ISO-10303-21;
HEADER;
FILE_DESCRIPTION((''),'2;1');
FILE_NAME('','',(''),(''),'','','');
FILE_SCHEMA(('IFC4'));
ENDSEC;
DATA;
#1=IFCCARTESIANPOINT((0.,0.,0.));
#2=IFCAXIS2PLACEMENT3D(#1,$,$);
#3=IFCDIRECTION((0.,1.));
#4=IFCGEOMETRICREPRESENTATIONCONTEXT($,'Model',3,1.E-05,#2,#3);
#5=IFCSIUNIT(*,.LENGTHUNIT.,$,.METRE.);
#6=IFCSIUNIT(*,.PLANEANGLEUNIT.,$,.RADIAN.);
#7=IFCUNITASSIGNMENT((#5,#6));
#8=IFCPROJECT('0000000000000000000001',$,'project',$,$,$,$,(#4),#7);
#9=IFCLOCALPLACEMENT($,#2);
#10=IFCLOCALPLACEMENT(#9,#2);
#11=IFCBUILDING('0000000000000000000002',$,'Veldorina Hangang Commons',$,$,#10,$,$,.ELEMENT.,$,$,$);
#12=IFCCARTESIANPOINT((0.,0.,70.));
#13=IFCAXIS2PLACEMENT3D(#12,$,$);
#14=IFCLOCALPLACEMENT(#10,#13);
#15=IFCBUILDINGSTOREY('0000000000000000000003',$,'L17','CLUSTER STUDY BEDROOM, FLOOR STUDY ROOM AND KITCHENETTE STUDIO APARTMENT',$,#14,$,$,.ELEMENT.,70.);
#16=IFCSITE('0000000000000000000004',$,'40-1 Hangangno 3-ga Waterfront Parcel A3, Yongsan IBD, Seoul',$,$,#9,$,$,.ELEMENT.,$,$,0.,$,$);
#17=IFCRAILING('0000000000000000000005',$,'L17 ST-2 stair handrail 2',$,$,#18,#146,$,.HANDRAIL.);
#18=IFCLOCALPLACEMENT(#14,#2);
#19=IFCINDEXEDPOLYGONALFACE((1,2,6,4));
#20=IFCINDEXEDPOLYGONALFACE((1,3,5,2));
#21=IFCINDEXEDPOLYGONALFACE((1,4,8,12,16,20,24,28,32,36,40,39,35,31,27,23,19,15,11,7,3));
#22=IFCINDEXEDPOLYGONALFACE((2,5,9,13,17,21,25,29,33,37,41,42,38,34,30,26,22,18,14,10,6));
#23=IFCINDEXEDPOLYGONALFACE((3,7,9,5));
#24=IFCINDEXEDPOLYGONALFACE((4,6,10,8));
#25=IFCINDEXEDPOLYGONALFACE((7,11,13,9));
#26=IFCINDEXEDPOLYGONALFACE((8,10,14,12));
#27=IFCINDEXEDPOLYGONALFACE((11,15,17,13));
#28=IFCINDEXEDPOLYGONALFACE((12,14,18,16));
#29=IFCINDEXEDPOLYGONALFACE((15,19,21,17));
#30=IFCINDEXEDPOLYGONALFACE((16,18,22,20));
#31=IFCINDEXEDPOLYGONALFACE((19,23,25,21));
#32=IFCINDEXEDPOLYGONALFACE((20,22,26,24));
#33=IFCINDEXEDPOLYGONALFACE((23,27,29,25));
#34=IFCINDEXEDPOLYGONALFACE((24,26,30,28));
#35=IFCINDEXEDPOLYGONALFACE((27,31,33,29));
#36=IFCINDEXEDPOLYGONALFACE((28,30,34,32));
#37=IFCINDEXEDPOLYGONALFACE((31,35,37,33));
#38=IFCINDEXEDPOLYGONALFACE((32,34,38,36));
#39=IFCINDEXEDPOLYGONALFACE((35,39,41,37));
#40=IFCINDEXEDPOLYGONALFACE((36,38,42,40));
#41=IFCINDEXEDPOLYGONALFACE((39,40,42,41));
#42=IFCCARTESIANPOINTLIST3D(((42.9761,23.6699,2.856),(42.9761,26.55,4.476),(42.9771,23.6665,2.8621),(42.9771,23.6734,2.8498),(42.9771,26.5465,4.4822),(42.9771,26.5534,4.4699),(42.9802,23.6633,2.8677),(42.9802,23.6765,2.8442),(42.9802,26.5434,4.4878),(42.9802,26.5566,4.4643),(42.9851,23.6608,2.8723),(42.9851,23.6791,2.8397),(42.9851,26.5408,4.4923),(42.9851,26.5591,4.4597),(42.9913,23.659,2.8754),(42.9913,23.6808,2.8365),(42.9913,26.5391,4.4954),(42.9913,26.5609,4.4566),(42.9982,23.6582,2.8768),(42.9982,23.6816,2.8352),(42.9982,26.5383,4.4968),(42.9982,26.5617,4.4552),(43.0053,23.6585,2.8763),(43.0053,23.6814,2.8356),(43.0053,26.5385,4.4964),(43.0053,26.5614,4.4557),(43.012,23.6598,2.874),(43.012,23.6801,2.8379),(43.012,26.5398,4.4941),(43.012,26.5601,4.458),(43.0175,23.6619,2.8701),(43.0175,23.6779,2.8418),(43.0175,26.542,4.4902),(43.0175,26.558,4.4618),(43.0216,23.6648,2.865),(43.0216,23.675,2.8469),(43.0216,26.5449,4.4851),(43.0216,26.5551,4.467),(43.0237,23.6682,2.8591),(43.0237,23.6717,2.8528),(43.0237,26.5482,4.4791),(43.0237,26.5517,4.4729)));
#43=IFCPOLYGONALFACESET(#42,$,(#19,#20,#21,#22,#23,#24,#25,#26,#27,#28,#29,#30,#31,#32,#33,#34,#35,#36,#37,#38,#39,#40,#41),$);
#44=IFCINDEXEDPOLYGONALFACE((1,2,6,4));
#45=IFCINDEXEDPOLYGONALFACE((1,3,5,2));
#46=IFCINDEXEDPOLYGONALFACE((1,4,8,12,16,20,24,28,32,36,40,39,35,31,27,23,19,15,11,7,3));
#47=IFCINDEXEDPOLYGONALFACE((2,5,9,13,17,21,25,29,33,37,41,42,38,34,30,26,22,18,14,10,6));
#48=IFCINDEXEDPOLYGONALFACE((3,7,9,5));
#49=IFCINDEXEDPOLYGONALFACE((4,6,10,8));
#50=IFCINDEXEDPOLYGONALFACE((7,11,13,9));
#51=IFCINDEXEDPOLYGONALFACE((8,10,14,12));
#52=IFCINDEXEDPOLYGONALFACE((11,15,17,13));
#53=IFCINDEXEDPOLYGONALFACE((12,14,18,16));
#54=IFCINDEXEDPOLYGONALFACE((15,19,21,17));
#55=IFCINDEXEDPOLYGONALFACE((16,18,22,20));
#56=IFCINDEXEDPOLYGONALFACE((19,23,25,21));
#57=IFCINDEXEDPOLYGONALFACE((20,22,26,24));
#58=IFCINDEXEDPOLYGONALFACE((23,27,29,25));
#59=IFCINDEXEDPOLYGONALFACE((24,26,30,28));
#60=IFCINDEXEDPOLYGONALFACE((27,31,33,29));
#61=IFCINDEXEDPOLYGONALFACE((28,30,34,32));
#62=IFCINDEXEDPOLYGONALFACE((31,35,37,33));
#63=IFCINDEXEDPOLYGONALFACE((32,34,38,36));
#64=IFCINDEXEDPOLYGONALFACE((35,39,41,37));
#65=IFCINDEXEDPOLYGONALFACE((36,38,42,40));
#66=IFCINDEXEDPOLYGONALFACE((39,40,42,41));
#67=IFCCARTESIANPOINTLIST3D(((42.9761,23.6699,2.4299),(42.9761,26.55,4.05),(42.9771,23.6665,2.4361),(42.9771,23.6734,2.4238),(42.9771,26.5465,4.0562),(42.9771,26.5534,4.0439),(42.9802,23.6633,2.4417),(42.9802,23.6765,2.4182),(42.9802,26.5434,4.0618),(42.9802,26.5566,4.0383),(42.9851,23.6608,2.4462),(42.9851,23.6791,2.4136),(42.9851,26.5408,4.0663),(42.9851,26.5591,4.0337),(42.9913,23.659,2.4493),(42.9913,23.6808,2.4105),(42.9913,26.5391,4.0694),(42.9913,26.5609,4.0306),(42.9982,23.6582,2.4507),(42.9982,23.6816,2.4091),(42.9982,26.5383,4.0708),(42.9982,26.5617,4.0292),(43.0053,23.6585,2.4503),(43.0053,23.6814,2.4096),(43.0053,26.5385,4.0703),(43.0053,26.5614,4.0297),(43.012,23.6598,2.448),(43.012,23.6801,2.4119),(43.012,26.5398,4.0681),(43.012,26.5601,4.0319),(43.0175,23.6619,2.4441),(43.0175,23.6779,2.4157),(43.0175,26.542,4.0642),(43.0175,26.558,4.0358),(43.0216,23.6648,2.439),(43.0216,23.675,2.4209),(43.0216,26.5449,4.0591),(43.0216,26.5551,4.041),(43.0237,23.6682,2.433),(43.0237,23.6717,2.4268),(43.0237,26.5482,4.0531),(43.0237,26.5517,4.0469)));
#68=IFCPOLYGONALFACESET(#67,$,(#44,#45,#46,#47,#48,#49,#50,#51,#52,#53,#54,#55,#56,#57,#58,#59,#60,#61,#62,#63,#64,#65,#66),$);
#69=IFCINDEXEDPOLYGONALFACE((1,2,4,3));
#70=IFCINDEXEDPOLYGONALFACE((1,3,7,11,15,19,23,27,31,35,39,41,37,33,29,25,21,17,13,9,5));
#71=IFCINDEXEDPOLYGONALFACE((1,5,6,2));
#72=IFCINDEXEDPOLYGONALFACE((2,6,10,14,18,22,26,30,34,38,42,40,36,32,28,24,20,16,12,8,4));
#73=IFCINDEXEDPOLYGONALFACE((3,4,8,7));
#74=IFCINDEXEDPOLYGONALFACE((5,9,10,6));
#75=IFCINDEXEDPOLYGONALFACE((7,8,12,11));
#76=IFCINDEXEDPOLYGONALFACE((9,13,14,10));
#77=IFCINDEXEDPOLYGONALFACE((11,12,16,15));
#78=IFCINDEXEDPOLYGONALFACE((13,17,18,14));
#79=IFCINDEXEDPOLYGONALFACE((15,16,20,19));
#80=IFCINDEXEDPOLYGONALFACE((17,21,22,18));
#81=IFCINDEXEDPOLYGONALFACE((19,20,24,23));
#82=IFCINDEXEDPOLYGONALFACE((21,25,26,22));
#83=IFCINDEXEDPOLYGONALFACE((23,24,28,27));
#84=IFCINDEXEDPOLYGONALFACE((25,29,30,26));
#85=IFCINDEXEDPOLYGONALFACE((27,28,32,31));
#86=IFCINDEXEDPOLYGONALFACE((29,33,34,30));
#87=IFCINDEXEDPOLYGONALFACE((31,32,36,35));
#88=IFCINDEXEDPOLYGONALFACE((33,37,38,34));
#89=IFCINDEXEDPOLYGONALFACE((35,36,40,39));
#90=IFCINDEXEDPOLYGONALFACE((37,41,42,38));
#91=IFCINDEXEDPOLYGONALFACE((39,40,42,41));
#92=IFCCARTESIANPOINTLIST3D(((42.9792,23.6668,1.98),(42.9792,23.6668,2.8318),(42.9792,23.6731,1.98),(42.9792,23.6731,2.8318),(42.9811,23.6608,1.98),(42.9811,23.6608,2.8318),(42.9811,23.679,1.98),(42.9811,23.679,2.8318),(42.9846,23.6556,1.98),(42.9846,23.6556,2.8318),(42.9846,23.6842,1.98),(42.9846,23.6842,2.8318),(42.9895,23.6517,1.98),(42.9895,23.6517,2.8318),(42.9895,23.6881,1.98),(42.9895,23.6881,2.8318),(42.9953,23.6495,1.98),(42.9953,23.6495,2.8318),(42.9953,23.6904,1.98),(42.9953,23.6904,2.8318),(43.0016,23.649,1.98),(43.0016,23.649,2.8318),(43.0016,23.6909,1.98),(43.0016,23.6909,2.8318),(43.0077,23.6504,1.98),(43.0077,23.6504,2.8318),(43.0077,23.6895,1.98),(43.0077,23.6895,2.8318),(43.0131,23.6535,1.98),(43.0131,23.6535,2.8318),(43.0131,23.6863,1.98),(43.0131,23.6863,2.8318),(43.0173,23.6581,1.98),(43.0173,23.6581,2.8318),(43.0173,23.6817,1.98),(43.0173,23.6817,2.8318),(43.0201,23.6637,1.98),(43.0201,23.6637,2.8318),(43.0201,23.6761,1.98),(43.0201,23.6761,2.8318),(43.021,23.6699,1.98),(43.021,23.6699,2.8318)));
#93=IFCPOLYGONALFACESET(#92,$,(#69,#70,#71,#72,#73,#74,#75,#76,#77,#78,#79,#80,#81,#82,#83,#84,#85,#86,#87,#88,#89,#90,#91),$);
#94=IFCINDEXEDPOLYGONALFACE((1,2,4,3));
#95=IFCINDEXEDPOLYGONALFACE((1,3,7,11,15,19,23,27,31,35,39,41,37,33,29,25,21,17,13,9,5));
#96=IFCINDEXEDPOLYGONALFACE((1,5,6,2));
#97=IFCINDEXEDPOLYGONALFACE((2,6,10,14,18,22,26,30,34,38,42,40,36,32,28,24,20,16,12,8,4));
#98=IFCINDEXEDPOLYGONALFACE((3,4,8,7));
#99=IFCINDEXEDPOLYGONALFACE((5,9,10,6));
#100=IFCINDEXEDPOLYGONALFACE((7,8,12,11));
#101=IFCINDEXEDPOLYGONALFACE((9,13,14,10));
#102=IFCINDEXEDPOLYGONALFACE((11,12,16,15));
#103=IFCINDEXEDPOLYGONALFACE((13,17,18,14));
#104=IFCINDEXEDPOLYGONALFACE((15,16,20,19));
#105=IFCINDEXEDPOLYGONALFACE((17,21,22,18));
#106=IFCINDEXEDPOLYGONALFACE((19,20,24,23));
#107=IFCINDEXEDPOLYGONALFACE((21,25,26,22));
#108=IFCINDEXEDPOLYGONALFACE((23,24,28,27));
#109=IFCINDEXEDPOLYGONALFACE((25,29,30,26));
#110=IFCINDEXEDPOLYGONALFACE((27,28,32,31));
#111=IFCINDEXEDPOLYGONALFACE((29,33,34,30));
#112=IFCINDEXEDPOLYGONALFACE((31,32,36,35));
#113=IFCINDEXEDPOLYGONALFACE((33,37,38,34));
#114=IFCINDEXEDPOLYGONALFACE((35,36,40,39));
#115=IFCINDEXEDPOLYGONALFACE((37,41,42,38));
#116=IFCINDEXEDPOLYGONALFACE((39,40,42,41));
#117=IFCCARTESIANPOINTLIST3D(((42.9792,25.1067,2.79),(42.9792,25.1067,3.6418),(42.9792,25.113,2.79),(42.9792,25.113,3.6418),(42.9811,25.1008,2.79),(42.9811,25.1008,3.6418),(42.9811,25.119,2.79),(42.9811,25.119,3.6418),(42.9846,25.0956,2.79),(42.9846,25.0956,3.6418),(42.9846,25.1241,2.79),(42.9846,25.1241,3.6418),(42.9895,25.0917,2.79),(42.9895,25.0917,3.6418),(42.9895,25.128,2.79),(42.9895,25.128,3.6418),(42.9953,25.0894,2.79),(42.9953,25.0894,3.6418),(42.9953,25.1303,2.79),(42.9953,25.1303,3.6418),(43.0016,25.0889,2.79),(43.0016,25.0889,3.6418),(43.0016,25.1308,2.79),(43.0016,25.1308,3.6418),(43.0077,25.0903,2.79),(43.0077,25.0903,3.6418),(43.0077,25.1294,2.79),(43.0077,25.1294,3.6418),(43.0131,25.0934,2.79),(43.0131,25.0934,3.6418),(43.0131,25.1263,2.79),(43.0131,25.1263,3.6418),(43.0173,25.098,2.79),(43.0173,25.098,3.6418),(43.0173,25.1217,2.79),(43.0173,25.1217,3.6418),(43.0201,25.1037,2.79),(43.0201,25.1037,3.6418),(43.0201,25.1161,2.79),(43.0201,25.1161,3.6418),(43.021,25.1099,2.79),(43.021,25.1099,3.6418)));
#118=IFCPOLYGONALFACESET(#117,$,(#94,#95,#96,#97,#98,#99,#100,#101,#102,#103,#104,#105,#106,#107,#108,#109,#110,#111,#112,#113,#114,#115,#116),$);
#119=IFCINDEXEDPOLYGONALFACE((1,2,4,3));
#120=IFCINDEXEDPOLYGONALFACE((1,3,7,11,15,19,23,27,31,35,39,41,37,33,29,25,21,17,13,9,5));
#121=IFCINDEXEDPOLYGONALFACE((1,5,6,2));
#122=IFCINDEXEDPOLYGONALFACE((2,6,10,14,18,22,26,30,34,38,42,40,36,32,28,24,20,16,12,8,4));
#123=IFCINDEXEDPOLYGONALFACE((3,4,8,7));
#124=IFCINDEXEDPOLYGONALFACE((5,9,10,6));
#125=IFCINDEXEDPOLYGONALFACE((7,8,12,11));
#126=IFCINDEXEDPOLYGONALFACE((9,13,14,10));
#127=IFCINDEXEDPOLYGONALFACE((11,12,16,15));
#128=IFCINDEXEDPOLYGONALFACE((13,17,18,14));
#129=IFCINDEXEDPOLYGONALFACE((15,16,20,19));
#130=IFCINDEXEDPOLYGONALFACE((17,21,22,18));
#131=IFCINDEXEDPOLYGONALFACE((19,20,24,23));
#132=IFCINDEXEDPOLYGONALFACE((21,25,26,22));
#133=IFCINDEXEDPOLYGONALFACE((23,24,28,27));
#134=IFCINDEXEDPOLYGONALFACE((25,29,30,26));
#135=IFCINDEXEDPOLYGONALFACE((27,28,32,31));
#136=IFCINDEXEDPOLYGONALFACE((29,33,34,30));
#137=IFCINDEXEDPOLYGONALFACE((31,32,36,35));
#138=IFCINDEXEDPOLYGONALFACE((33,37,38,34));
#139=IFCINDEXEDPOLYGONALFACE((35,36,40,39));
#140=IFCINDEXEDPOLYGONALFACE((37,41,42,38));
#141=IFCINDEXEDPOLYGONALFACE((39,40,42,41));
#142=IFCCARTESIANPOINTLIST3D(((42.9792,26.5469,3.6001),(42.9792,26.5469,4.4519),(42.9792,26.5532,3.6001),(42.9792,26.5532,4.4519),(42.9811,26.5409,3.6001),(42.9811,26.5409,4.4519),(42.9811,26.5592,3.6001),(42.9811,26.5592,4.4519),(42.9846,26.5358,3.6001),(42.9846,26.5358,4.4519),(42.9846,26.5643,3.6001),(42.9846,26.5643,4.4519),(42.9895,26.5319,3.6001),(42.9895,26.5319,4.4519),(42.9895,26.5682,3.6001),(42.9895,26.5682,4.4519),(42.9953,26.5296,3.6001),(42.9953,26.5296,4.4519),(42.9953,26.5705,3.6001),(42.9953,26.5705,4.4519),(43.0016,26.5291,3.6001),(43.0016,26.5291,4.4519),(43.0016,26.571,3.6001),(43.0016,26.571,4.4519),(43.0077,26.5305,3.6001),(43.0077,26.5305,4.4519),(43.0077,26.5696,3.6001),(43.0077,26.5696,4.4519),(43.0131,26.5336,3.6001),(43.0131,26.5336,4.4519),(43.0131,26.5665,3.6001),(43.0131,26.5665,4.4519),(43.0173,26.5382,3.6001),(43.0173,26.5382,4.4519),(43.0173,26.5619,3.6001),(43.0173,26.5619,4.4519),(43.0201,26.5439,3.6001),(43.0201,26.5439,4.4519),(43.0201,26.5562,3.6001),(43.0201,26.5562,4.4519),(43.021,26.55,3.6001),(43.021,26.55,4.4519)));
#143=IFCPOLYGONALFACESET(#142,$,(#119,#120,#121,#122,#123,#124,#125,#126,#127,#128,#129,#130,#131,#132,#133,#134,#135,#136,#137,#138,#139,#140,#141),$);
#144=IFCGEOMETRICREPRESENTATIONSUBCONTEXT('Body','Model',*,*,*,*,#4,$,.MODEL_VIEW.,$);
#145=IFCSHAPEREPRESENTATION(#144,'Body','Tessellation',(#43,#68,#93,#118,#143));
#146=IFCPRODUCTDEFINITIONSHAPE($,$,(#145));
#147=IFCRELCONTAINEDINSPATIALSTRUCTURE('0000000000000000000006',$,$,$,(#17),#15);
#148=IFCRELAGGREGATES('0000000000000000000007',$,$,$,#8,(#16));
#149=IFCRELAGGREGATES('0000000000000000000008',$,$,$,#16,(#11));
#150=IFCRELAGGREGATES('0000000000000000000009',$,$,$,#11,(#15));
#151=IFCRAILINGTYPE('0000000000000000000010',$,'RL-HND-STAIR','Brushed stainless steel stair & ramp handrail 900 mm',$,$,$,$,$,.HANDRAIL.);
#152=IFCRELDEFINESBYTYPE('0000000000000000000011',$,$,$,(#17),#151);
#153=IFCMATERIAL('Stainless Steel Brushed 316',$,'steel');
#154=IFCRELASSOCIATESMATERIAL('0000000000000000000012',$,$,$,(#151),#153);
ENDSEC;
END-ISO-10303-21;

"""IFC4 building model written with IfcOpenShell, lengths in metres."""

from ifc_helpers import new_model, si_unit, direction, frame, origin, origin_2d, place, context, subcontext, project, spatial, circle, extrude, material, type_object, element, save


model = new_model("IFC4")

# Units and contexts
model_context = context("Model", 3, precision=1e-05, world=origin(), true_north=direction((0.0, 1.0)))
body_context = subcontext(model_context, "Body", "Model", "MODEL_VIEW")
ifc_project = project(units=[si_unit("LENGTHUNIT", "METRE"), si_unit("PLANEANGLEUNIT", "RADIAN")], contexts=[model_context])

# Site, building, storey
site_placement = place(None, origin())
site = spatial("IfcSite", under=ifc_project, at=site_placement, Name="40-1 Hangangno 3-ga Waterfront Parcel A3, Yongsan IBD, Seoul", CompositionType="ELEMENT", RefElevation=0.0)
building_placement = place(site_placement, origin())
building = spatial("IfcBuilding", under=site, at=building_placement, Name="Veldorina Hangang Commons", CompositionType="ELEMENT")
storey_placement = place(building_placement, frame((0.0, 0.0, 70.0)))
storey = spatial("IfcBuildingStorey", under=building, at=storey_placement, Name="L17", Description="CLUSTER STUDY BEDROOM, FLOOR STUDY ROOM AND KITCHENETTE STUDIO APARTMENT", CompositionType="ELEMENT", Elevation=70.0)

# Railing
ifc_material_1 = material(Name="Stainless Steel Brushed 316", Category="steel")
railing_type_1 = type_object("IfcRailingType", Name="RL-HND-STAIR", Description="Brushed stainless steel stair & ramp handrail 900 mm", PredefinedType="HANDRAIL", material=ifc_material_1)
railing_1_placement = place(storey_placement, frame((43.0, 23.6699, 1.98)))
element("IfcRailing", 1, at=railing_1_placement, inside=storey, type_object=railing_type_1, Name="L17 ST-2 stair handrail 2", PredefinedType="HANDRAIL", context=body_context, shape_type="SweptSolid", body=[
    extrude(circle(Radius=0.0239, at=origin_2d()), frame((0.0, 0.0, 0.876), z_axis=(0.0, 0.87157, 0.490272), x_axis=(-1.0, 0.0, 0.0)), (0.0, 0.0, 1.0), 3.3044),
    extrude(circle(Radius=0.0239, at=origin_2d()), frame((0.0, 0.0, 0.45), z_axis=(0.0, 0.87157, 0.490272), x_axis=(-1.0, 0.0, 0.0)), (0.0, 0.0, 1.0), 3.3044),
    extrude(circle(Radius=0.021, at=origin_2d()), origin(), (0.0, 0.0, 1.0), 0.8518),
    extrude(circle(Radius=0.021, at=origin_2d()), frame((0.0, 1.4399, 0.8101)), (0.0, 0.0, 1.0), 0.8518),
    extrude(circle(Radius=0.021, at=origin_2d()), frame((0.0, 2.8801, 1.6201)), (0.0, 0.0, 1.0), 0.8518),
])

save(model, "model.ifc")
